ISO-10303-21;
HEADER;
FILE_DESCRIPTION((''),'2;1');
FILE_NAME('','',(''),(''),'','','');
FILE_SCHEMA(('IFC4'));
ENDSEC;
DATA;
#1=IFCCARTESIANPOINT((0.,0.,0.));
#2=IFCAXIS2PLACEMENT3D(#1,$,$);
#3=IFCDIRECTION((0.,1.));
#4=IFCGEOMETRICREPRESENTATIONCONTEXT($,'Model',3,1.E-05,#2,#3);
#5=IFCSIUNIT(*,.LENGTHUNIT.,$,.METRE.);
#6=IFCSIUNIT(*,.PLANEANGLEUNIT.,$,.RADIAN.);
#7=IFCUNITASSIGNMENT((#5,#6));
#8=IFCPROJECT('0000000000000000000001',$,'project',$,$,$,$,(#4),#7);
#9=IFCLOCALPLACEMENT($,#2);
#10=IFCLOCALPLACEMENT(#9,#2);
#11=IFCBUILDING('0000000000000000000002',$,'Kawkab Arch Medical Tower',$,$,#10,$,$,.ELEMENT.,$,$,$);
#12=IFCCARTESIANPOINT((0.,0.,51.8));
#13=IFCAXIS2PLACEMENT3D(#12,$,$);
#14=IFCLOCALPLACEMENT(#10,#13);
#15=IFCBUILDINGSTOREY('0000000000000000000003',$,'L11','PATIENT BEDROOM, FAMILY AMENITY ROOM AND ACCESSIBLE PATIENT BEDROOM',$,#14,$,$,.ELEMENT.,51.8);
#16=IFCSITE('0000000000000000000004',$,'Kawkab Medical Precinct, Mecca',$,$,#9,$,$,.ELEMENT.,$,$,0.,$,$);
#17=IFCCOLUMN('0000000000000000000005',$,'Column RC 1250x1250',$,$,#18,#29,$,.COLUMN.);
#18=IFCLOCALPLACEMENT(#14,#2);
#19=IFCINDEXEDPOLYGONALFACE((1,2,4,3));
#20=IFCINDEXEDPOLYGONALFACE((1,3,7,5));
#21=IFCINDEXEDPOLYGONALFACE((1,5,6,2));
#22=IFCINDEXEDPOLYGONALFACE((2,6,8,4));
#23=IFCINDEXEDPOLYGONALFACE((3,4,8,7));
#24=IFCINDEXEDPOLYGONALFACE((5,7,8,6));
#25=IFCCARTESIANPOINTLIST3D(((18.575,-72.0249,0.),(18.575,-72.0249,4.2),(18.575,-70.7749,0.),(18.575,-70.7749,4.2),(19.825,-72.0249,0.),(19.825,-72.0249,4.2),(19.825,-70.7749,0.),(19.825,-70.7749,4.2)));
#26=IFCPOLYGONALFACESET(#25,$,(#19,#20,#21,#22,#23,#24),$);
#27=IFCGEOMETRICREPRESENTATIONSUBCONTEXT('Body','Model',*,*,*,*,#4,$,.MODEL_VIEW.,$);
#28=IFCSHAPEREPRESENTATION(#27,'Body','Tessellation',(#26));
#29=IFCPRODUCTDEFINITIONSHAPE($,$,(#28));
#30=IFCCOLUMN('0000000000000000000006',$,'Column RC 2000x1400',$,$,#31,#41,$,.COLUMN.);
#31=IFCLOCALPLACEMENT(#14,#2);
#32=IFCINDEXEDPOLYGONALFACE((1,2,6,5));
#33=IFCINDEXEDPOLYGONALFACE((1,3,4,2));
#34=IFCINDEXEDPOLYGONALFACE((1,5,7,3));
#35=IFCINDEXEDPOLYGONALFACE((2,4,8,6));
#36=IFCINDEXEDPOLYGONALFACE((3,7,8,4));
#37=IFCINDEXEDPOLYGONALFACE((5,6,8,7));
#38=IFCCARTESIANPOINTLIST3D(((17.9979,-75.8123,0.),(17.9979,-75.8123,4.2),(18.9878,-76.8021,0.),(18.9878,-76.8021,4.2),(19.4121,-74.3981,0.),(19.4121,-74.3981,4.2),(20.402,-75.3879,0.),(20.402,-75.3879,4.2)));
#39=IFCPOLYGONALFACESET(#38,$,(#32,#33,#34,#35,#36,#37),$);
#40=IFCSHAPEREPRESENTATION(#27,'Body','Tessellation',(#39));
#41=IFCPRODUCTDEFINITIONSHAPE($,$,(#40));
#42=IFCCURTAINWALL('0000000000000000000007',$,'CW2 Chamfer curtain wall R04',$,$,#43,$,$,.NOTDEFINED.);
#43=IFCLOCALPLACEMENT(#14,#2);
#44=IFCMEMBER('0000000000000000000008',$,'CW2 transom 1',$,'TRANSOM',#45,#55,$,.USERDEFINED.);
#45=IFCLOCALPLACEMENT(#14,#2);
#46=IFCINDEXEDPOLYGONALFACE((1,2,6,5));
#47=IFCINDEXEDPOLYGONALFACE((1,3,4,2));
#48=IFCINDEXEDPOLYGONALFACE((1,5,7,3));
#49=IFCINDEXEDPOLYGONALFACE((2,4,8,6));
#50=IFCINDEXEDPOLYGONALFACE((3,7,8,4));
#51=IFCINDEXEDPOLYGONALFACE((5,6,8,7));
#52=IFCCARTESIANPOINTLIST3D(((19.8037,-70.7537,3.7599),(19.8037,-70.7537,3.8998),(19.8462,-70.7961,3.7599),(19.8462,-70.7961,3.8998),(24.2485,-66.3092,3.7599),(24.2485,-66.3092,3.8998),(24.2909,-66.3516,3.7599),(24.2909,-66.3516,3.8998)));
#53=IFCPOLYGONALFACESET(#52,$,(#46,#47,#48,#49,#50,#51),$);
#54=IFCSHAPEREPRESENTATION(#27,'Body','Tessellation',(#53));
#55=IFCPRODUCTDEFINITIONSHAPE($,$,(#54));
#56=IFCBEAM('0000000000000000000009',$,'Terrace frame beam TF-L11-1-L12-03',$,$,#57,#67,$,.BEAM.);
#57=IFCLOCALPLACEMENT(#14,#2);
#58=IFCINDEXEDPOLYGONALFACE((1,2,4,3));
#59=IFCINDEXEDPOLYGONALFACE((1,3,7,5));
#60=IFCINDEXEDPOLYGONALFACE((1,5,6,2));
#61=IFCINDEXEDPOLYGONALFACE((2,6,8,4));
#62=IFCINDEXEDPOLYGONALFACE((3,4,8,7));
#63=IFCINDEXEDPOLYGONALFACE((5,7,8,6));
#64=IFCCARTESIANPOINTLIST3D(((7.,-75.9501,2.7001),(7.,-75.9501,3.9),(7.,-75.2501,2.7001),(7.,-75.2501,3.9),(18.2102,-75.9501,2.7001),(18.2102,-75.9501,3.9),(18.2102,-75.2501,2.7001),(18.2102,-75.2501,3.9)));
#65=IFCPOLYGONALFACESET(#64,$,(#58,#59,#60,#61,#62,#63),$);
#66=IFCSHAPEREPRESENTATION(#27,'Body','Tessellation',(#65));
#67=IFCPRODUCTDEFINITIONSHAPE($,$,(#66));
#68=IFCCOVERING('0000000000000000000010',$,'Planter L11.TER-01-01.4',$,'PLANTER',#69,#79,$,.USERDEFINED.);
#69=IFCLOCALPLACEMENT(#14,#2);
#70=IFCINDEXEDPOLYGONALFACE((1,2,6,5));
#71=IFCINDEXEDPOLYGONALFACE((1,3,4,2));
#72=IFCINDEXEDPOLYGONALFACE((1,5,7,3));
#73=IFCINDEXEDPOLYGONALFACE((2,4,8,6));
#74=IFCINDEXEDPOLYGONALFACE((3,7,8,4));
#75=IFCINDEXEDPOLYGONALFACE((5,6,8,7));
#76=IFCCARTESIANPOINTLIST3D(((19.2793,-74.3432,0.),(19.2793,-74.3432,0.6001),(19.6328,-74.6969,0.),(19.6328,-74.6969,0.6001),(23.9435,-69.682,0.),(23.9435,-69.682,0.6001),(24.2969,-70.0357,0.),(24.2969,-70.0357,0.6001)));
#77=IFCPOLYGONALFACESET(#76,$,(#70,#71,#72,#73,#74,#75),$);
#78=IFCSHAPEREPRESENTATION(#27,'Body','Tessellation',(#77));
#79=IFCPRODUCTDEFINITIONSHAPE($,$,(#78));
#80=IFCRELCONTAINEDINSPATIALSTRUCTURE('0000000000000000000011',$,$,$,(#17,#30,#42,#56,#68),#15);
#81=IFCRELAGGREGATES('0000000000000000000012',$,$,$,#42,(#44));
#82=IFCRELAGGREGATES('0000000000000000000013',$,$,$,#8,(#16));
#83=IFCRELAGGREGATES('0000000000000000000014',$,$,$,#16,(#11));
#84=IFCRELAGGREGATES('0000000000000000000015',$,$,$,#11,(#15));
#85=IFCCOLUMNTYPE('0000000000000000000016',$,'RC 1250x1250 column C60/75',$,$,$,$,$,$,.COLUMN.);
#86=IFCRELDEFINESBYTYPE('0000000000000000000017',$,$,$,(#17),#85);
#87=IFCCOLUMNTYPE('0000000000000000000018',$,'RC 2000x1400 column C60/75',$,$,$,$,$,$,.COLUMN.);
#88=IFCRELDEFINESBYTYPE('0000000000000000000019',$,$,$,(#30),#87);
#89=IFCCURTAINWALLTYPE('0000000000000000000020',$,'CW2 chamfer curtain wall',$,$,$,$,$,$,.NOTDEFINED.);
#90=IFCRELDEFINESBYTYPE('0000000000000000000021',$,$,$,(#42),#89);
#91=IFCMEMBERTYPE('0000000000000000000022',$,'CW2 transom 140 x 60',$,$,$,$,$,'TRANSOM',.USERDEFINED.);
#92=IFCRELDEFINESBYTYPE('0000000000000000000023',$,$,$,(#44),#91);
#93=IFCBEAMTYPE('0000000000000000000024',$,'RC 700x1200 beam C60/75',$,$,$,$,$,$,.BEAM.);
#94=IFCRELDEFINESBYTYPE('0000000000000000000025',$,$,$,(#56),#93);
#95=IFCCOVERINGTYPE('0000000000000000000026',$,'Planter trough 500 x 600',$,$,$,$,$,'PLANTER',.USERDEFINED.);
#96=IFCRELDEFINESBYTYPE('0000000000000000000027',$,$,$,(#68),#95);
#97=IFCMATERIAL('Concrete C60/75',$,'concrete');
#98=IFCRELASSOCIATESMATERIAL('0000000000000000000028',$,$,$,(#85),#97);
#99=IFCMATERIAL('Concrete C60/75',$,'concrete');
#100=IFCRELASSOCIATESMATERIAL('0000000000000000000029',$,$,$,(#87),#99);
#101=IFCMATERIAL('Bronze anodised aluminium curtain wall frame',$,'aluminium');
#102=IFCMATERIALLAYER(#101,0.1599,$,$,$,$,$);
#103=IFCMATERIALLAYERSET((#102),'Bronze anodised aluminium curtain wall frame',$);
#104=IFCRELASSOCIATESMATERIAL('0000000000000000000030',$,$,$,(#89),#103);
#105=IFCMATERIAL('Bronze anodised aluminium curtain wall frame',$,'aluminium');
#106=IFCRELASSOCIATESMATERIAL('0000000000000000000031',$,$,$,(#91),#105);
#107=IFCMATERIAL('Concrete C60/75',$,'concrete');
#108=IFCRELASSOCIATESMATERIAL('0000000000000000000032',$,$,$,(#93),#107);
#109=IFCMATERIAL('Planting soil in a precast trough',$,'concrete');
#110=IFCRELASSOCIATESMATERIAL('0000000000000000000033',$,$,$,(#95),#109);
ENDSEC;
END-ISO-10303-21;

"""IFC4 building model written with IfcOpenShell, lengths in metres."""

from ifc_helpers import new_model, si_unit, direction, frame, origin, origin_2d, place, context, subcontext, project, spatial, rectangle, extrude, material, layer, layer_set, material_profile, profile_set, type_object, element, aggregate, save


model = new_model("IFC4")

# Units and contexts
model_context = context("Model", 3, precision=1e-05, world=origin(), true_north=direction((0.0, 1.0)))
body_context = subcontext(model_context, "Body", "Model", "MODEL_VIEW")
ifc_project = project(units=[si_unit("LENGTHUNIT", "METRE"), si_unit("PLANEANGLEUNIT", "RADIAN")], contexts=[model_context])

# Site, building, storey
site_placement = place(None, origin())
site = spatial("IfcSite", under=ifc_project, at=site_placement, Name="Kawkab Medical Precinct, Mecca", CompositionType="ELEMENT", RefElevation=0.0)
building_placement = place(site_placement, origin())
building = spatial("IfcBuilding", under=site, at=building_placement, Name="Kawkab Arch Medical Tower", CompositionType="ELEMENT")
storey_placement = place(building_placement, frame((0.0, 0.0, 51.8)))
storey = spatial("IfcBuildingStorey", under=building, at=storey_placement, Name="L11", Description="PATIENT BEDROOM, FAMILY AMENITY ROOM AND ACCESSIBLE PATIENT BEDROOM", CompositionType="ELEMENT", Elevation=51.8)

# Columns
ifc_material_1 = material(Name="Concrete C60/75", Category="concrete")
ifc_material_profile_1 = material_profile(ifc_material_1, rectangle(XDim=1.25, YDim=1.25, at=origin_2d()), Name="RC 1250x1250")
ifc_profile_set_1 = profile_set([ifc_material_profile_1], Name="Concrete C60/75")
column_type_1 = type_object("IfcColumnType", Name="RC 1250x1250 column C60/75", PredefinedType="COLUMN", material=ifc_profile_set_1)
column_1_placement = place(storey_placement, frame((19.2, -71.3999, 0.0), z_axis=(0.0, 0.0, 1.0), x_axis=(1.0, 0.0, 0.0)))
element("IfcColumn", 1, at=column_1_placement, inside=storey, type_object=column_type_1, Name="Column RC 1250x1250", PredefinedType="COLUMN", context=body_context, shape_type="SweptSolid", body=[
    extrude(rectangle(XDim=1.25, YDim=1.25, at=origin_2d()), origin(), (0.0, 0.0, 1.0), 4.2),
])
ifc_material_2 = material(Name="Concrete C60/75", Category="concrete")
ifc_material_profile_2 = material_profile(ifc_material_2, rectangle(XDim=2.0, YDim=1.3999, at=origin_2d()), Name="RC 2000x1400")
ifc_profile_set_2 = profile_set([ifc_material_profile_2], Name="Concrete C60/75")
column_type_2 = type_object("IfcColumnType", Name="RC 2000x1400 column C60/75", PredefinedType="COLUMN", material=ifc_profile_set_2)
column_2_placement = place(storey_placement, frame((19.2, -75.6001, 0.0), z_axis=(0.0, 0.0, 1.0), x_axis=(-0.707107, -0.707107, 0.0)))
element("IfcColumn", 2, at=column_2_placement, inside=storey, type_object=column_type_2, Name="Column RC 2000x1400", PredefinedType="COLUMN", context=body_context, shape_type="SweptSolid", body=[
    extrude(rectangle(XDim=2.0, YDim=1.3999, at=origin_2d()), origin(), (0.0, 0.0, 1.0), 4.2),
])

# Curtain wall, member
ifc_material_3 = material(Name="Bronze anodised aluminium curtain wall frame", Category="aluminium")
ifc_layer_1 = layer(ifc_material_3, 0.1599)
ifc_layer_set_1 = layer_set([ifc_layer_1], Name="Bronze anodised aluminium curtain wall frame")
curtain_wall_type = type_object("IfcCurtainWallType", Name="CW2 chamfer curtain wall", PredefinedType="NOTDEFINED", material=ifc_layer_set_1)
curtain_wall_placement = place(storey_placement, origin())
curtain_wall = element("IfcCurtainWall", 3, at=curtain_wall_placement, inside=storey, type_object=curtain_wall_type, Name="CW2 Chamfer curtain wall R04", PredefinedType="NOTDEFINED")
ifc_material_4 = material(Name="Bronze anodised aluminium curtain wall frame", Category="aluminium")
ifc_material_profile_3 = material_profile(ifc_material_4, rectangle(XDim=0.0601, YDim=0.1399, at=origin_2d()), Name="AL 60x140")
ifc_profile_set_3 = profile_set([ifc_material_profile_3], Name="Bronze anodised aluminium curtain wall frame")
member_type = type_object("IfcMemberType", Name="CW2 transom 140 x 60", ElementType="TRANSOM", PredefinedType="USERDEFINED", material=ifc_profile_set_3)
member_placement = place(storey_placement, frame((19.825, -70.7749, 3.8298), z_axis=(0.707126, 0.707087, 0.0), x_axis=(-0.707087, 0.707126, 0.0)))
member = element("IfcMember", 4, at=member_placement, type_object=member_type, Name="CW2 transom 1", ObjectType="TRANSOM", PredefinedType="USERDEFINED", context=body_context, shape_type="SweptSolid", body=[
    extrude(rectangle(XDim=0.0601, YDim=0.1399, at=origin_2d()), origin(), (0.0, 0.0, 1.0), 6.2856),
])
aggregate(curtain_wall, [member])

# Beam
ifc_material_5 = material(Name="Concrete C60/75", Category="concrete")
ifc_material_profile_4 = material_profile(ifc_material_5, rectangle(XDim=0.7, YDim=1.2, at=origin_2d()), Name="RC 700x1200")
ifc_profile_set_4 = profile_set([ifc_material_profile_4], Name="Concrete C60/75")
beam_type = type_object("IfcBeamType", Name="RC 700x1200 beam C60/75", PredefinedType="BEAM", material=ifc_profile_set_4)
beam_placement = place(storey_placement, frame((18.2102, -75.6001, 3.3), z_axis=(-1.0, 0.0, 0.0), x_axis=(0.0, -1.0, 0.0)))
element("IfcBeam", 5, at=beam_placement, inside=storey, type_object=beam_type, Name="Terrace frame beam TF-L11-1-L12-03", PredefinedType="BEAM", context=body_context, shape_type="SweptSolid", body=[
    extrude(rectangle(XDim=0.7, YDim=1.2, at=origin_2d()), origin(), (0.0, 0.0, 1.0), 11.2102),
])

# Covering
ifc_material_6 = material(Name="Planting soil in a precast trough", Category="concrete")
ifc_material_profile_5 = material_profile(ifc_material_6, rectangle(XDim=0.5, YDim=0.6001, at=origin_2d()), Name="Trough 500x600")
ifc_profile_set_5 = profile_set([ifc_material_profile_5], Name="Planting soil in a precast trough")
covering_type = type_object("IfcCoveringType", Name="Planter trough 500 x 600", ElementType="PLANTER", PredefinedType="USERDEFINED", material=ifc_profile_set_5)
covering_placement = place(storey_placement, frame((19.4561, -74.52, 0.3), z_axis=(0.707329, 0.706885, 0.0), x_axis=(-0.706885, 0.707329, 0.0)))
element("IfcCovering", 6, at=covering_placement, inside=storey, type_object=covering_type, Name="Planter L11.TER-01-01.4", ObjectType="PLANTER", PredefinedType="USERDEFINED", context=body_context, shape_type="SweptSolid", body=[
    extrude(rectangle(XDim=0.5, YDim=0.6001, at=origin_2d()), origin(), (0.0, 0.0, 1.0), 6.594),
])

save(model, "model.ifc")
